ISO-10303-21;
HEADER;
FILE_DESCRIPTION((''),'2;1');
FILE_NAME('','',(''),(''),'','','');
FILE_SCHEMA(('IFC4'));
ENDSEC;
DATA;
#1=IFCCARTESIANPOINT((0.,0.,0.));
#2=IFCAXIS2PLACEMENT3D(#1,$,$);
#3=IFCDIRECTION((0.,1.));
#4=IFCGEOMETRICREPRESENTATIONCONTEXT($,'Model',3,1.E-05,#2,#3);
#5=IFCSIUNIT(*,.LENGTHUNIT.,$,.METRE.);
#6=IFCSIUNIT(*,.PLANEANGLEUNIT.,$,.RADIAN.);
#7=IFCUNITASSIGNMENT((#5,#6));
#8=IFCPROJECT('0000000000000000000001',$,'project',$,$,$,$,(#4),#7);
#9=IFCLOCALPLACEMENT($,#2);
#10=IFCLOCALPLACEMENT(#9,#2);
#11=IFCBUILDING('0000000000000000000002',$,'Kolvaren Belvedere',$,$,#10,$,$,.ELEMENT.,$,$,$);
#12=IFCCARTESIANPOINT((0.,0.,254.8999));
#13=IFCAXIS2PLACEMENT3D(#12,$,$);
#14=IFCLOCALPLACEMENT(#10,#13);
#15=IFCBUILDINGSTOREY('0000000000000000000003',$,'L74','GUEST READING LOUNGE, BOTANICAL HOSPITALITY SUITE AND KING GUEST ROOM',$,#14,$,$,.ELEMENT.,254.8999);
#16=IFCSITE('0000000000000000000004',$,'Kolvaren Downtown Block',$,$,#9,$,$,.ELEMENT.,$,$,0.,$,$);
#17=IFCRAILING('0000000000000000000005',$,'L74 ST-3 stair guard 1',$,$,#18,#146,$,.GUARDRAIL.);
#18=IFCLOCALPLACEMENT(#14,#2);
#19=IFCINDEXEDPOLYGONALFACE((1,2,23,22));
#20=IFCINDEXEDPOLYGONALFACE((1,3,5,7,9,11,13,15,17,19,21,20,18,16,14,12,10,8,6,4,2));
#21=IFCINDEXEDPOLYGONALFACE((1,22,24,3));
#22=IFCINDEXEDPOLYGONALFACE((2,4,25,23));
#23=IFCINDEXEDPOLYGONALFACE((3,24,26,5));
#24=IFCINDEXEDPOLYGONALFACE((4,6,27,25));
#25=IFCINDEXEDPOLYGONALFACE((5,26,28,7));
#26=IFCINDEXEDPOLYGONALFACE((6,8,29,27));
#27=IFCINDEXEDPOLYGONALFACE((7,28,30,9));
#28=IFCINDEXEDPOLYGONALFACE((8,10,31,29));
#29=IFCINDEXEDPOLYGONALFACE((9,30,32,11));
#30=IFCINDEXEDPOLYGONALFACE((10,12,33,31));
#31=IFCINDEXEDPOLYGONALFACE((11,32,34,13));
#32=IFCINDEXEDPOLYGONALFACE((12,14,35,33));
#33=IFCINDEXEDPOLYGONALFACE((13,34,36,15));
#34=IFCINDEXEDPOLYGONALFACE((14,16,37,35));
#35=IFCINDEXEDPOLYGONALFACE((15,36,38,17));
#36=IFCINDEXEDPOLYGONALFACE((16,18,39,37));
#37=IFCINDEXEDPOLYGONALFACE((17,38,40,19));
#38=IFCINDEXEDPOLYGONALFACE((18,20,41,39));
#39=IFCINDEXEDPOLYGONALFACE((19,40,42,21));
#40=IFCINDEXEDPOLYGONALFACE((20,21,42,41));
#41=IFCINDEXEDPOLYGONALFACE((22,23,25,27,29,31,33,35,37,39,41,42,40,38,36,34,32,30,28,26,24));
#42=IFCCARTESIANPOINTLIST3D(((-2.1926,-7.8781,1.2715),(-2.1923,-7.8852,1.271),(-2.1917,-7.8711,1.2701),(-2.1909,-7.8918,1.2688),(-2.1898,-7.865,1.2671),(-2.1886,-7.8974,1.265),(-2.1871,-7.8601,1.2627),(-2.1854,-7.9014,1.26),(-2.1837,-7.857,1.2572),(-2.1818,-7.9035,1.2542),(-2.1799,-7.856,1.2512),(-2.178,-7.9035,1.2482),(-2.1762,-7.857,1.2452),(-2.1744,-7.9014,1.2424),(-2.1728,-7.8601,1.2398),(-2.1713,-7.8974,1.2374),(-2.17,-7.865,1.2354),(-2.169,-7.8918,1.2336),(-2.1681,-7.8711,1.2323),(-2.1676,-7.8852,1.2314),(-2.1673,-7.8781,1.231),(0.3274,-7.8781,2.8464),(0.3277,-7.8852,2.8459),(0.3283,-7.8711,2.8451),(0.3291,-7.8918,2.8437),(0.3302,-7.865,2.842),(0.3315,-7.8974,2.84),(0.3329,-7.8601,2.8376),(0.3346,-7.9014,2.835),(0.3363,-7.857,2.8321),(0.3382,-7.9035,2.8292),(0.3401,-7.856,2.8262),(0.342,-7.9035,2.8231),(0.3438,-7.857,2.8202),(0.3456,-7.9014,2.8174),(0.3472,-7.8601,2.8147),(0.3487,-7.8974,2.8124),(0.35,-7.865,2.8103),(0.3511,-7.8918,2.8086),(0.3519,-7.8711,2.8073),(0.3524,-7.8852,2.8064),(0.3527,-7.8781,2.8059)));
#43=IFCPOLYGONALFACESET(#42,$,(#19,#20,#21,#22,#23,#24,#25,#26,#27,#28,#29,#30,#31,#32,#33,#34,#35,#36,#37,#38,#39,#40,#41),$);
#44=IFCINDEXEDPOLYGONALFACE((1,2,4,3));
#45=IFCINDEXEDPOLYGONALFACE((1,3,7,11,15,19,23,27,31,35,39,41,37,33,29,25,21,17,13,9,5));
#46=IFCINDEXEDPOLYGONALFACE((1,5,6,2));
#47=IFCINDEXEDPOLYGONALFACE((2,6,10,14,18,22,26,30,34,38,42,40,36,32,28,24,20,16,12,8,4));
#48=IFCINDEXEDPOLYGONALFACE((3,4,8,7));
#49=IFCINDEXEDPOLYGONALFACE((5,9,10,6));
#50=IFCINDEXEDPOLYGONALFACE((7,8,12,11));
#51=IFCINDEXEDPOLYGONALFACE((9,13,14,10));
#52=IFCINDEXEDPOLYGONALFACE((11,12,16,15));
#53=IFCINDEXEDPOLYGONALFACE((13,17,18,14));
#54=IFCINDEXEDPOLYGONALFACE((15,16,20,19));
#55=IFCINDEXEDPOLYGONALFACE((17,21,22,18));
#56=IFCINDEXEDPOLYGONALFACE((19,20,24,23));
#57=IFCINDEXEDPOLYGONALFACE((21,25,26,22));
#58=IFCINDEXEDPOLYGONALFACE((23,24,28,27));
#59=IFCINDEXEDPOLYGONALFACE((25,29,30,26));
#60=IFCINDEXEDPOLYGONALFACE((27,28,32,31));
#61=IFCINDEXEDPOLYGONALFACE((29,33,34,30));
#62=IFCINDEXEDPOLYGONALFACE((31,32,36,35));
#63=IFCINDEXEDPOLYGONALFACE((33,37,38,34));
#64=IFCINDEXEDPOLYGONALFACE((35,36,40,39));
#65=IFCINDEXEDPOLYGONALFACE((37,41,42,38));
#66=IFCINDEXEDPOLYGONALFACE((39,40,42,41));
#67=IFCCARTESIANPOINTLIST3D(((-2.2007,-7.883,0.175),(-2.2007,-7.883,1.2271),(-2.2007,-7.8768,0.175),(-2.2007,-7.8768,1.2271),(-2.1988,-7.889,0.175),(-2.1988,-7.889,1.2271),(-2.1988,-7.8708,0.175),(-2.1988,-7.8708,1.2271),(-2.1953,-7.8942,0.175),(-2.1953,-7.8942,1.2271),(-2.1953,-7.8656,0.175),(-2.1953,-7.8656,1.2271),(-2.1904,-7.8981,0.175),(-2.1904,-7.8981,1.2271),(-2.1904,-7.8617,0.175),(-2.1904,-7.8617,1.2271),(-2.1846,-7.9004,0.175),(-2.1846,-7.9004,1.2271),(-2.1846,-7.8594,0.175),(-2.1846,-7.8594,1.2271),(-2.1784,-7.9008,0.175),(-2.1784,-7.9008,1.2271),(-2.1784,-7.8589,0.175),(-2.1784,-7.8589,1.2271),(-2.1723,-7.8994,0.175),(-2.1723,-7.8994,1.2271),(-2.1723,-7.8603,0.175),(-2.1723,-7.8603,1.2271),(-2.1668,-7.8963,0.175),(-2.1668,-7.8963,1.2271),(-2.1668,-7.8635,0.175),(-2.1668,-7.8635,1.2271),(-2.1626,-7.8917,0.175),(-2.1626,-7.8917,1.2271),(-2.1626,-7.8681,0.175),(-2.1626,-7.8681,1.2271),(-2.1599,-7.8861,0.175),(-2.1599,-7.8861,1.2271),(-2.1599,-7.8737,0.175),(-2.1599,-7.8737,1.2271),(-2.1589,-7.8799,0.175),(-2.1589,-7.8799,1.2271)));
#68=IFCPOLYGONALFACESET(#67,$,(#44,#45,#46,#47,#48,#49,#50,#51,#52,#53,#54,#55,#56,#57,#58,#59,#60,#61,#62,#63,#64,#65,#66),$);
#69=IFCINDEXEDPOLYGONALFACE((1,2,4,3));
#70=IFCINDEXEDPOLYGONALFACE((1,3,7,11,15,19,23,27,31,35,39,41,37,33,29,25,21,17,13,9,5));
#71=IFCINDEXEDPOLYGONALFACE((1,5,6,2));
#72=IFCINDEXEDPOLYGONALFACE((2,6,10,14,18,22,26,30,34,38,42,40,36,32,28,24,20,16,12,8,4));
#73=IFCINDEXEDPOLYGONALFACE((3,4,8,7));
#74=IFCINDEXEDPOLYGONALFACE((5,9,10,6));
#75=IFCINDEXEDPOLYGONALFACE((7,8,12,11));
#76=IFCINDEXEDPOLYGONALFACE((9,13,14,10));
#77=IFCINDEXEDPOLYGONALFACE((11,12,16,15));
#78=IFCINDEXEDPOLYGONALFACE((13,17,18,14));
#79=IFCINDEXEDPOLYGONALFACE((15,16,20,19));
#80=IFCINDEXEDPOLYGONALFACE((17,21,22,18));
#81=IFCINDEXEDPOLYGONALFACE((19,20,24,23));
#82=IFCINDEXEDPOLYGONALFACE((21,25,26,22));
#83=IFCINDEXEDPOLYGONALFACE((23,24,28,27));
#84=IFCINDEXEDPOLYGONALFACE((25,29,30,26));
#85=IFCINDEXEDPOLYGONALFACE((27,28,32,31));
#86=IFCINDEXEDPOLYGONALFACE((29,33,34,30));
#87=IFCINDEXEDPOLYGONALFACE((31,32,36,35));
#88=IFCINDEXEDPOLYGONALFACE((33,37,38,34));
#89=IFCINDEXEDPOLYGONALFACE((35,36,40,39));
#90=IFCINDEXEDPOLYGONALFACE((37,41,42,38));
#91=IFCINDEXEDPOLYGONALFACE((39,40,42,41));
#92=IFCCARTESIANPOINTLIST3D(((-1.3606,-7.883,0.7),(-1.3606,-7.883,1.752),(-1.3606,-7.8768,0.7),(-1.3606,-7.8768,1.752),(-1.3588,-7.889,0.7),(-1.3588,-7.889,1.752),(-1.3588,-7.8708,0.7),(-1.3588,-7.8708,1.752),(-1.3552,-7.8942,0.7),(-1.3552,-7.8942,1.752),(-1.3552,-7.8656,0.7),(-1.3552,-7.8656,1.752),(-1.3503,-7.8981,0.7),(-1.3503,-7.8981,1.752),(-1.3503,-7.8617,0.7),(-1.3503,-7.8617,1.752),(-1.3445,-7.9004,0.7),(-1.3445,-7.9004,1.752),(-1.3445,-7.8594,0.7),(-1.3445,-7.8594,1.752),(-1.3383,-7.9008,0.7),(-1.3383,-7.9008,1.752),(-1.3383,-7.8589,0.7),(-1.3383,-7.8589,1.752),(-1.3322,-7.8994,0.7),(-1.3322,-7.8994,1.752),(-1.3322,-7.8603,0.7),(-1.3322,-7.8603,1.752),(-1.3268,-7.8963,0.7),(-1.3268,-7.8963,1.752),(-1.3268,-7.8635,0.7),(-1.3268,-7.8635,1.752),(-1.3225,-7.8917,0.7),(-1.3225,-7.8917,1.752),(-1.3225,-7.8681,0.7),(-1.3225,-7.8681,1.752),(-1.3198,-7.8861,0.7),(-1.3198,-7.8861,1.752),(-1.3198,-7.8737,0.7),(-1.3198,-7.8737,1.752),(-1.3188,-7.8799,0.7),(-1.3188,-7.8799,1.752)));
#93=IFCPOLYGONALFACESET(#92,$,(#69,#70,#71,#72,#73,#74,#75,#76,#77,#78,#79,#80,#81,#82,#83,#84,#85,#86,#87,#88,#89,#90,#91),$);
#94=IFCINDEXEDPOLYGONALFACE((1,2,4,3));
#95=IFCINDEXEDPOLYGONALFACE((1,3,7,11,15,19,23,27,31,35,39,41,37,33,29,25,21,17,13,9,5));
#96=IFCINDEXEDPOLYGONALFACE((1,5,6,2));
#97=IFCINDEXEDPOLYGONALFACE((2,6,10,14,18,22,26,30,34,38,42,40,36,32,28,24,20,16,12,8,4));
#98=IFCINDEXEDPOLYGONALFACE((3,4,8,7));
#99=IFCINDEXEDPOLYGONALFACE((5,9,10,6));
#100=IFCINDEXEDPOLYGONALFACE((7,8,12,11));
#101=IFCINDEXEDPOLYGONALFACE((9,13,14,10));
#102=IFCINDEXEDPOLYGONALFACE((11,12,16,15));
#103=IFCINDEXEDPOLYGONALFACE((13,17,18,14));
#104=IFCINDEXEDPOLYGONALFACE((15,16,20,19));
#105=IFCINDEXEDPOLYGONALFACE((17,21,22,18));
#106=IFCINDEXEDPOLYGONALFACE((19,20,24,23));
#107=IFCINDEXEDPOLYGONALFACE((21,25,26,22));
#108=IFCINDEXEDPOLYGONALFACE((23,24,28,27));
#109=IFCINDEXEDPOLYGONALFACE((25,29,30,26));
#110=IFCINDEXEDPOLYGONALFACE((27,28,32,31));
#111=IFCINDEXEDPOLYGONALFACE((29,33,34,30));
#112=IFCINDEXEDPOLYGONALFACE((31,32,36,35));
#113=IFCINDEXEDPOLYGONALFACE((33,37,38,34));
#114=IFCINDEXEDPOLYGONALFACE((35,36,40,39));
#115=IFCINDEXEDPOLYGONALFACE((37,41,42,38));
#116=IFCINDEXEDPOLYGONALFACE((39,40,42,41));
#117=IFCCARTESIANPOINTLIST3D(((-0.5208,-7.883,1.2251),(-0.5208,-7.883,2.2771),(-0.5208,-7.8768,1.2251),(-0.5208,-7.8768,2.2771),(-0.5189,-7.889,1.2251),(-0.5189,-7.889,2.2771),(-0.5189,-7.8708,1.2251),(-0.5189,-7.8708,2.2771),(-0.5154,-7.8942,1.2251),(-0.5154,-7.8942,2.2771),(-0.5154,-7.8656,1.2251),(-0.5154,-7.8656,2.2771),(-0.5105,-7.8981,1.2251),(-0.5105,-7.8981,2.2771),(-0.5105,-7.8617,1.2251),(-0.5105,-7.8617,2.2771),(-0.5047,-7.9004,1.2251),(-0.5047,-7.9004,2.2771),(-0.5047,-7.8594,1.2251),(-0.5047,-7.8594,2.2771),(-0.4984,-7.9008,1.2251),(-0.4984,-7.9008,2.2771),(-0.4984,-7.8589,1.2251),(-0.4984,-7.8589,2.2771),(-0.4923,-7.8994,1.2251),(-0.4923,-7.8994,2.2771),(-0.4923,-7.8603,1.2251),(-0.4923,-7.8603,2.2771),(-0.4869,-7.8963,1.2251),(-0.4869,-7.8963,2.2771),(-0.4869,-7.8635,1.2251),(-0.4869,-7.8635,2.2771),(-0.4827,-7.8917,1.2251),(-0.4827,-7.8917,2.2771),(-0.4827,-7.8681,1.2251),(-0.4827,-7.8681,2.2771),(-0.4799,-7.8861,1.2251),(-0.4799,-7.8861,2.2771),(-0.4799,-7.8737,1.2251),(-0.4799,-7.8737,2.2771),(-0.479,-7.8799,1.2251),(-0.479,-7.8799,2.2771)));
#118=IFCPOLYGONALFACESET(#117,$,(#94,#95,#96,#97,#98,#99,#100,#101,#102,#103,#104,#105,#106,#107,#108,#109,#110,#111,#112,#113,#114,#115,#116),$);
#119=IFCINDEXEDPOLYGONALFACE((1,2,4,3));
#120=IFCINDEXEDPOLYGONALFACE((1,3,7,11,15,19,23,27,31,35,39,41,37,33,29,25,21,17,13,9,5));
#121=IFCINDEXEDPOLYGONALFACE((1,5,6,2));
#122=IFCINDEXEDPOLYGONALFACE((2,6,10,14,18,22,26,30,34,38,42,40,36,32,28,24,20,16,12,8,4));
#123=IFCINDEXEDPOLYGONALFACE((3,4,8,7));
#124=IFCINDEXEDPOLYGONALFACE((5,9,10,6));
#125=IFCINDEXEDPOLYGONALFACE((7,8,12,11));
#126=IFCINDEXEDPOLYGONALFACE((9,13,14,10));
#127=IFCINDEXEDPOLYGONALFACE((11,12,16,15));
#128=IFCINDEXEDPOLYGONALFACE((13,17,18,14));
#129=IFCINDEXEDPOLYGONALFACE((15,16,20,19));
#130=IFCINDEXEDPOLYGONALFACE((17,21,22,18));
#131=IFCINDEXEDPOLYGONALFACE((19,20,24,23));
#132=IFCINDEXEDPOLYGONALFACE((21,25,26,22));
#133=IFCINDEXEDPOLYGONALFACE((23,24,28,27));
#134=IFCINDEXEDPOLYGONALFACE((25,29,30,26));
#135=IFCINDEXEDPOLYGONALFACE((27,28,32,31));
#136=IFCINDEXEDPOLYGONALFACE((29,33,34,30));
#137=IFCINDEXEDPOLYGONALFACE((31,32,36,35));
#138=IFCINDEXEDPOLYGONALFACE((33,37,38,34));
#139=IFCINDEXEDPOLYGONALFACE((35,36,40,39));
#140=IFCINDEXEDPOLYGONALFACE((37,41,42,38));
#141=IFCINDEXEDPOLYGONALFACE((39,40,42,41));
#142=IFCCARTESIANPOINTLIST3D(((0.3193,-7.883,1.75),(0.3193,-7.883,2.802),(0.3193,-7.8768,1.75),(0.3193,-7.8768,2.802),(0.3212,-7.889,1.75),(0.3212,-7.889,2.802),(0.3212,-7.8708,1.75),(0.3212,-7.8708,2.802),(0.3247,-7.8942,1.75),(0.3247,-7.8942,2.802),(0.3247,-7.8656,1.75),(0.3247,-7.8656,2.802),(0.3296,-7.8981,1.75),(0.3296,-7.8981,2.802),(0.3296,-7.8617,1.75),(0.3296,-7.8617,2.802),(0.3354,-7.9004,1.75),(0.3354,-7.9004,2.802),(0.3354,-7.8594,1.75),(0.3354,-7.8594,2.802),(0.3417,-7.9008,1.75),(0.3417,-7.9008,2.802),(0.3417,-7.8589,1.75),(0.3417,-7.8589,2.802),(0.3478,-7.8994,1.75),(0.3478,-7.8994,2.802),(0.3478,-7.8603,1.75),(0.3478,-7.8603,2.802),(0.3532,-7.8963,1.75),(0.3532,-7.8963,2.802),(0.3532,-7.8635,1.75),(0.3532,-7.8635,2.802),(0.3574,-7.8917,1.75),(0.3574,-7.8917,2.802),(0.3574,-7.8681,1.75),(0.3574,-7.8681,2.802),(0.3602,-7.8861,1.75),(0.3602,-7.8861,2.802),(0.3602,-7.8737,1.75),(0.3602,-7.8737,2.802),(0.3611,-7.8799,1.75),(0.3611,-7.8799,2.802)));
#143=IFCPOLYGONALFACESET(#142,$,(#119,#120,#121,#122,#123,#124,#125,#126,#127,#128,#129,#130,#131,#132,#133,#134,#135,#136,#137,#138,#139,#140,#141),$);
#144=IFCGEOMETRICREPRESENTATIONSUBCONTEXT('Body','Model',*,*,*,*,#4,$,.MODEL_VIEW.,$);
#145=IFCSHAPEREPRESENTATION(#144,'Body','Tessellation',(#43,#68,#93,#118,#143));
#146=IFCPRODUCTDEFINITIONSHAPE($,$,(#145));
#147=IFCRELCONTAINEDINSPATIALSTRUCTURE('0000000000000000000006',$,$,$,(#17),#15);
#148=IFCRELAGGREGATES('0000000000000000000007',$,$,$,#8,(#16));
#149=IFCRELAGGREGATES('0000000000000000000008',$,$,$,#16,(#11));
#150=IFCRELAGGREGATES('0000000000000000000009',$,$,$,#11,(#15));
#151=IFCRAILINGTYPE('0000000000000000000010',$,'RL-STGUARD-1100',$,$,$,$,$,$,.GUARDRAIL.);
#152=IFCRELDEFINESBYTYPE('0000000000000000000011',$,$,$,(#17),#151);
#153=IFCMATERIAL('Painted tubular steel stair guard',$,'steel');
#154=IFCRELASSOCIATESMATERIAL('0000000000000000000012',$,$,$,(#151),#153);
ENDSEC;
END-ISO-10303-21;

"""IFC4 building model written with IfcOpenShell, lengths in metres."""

from ifc_helpers import new_model, si_unit, direction, frame, origin, origin_2d, place, context, subcontext, project, spatial, circle, extrude, material, type_object, element, save


model = new_model("IFC4")

# Units and contexts
model_context = context("Model", 3, precision=1e-05, world=origin(), true_north=direction((0.0, 1.0)))
body_context = subcontext(model_context, "Body", "Model", "MODEL_VIEW")
ifc_project = project(units=[si_unit("LENGTHUNIT", "METRE"), si_unit("PLANEANGLEUNIT", "RADIAN")], contexts=[model_context])

# Site, building, storey
site_placement = place(None, origin())
site = spatial("IfcSite", under=ifc_project, at=site_placement, Name="Kolvaren Downtown Block", CompositionType="ELEMENT", RefElevation=0.0)
building_placement = place(site_placement, origin())
building = spatial("IfcBuilding", under=site, at=building_placement, Name="Kolvaren Belvedere", CompositionType="ELEMENT")
storey_placement = place(building_placement, frame((0.0, 0.0, 254.8999)))
storey = spatial("IfcBuildingStorey", under=building, at=storey_placement, Name="L74", Description="GUEST READING LOUNGE, BOTANICAL HOSPITALITY SUITE AND KING GUEST ROOM", CompositionType="ELEMENT", Elevation=254.8999)

# Railing
ifc_material_1 = material(Name="Painted tubular steel stair guard", Category="steel")
railing_type_1 = type_object("IfcRailingType", Name="RL-STGUARD-1100", PredefinedType="GUARDRAIL", material=ifc_material_1)
railing_1_placement = place(storey_placement, frame((-2.1799, -7.8799, 0.175)))
element("IfcRailing", 1, at=railing_1_placement, inside=storey, type_object=railing_type_1, Name="L74 ST-3 stair guard 1", PredefinedType="GUARDRAIL", context=body_context, shape_type="SweptSolid", body=[
    extrude(circle(Radius=0.0239, at=origin_2d()), frame((0.0, 0.0, 1.0762), z_axis=(0.848008, 0.0, 0.529984), x_axis=(0.0, 1.0, 0.0)), (0.0, 0.0, 1.0), 2.9717),
    extrude(circle(Radius=0.021, at=origin_2d()), origin(), (0.0, 0.0, 1.0), 1.052),
    extrude(circle(Radius=0.021, at=origin_2d()), frame((0.8401, 0.0, 0.5249)), (0.0, 0.0, 1.0), 1.052),
    extrude(circle(Radius=0.021, at=origin_2d()), frame((1.6799, 0.0, 1.05)), (0.0, 0.0, 1.0), 1.052),
    extrude(circle(Radius=0.021, at=origin_2d()), frame((2.52, 0.0, 1.575)), (0.0, 0.0, 1.0), 1.052),
])

save(model, "model.ifc")
